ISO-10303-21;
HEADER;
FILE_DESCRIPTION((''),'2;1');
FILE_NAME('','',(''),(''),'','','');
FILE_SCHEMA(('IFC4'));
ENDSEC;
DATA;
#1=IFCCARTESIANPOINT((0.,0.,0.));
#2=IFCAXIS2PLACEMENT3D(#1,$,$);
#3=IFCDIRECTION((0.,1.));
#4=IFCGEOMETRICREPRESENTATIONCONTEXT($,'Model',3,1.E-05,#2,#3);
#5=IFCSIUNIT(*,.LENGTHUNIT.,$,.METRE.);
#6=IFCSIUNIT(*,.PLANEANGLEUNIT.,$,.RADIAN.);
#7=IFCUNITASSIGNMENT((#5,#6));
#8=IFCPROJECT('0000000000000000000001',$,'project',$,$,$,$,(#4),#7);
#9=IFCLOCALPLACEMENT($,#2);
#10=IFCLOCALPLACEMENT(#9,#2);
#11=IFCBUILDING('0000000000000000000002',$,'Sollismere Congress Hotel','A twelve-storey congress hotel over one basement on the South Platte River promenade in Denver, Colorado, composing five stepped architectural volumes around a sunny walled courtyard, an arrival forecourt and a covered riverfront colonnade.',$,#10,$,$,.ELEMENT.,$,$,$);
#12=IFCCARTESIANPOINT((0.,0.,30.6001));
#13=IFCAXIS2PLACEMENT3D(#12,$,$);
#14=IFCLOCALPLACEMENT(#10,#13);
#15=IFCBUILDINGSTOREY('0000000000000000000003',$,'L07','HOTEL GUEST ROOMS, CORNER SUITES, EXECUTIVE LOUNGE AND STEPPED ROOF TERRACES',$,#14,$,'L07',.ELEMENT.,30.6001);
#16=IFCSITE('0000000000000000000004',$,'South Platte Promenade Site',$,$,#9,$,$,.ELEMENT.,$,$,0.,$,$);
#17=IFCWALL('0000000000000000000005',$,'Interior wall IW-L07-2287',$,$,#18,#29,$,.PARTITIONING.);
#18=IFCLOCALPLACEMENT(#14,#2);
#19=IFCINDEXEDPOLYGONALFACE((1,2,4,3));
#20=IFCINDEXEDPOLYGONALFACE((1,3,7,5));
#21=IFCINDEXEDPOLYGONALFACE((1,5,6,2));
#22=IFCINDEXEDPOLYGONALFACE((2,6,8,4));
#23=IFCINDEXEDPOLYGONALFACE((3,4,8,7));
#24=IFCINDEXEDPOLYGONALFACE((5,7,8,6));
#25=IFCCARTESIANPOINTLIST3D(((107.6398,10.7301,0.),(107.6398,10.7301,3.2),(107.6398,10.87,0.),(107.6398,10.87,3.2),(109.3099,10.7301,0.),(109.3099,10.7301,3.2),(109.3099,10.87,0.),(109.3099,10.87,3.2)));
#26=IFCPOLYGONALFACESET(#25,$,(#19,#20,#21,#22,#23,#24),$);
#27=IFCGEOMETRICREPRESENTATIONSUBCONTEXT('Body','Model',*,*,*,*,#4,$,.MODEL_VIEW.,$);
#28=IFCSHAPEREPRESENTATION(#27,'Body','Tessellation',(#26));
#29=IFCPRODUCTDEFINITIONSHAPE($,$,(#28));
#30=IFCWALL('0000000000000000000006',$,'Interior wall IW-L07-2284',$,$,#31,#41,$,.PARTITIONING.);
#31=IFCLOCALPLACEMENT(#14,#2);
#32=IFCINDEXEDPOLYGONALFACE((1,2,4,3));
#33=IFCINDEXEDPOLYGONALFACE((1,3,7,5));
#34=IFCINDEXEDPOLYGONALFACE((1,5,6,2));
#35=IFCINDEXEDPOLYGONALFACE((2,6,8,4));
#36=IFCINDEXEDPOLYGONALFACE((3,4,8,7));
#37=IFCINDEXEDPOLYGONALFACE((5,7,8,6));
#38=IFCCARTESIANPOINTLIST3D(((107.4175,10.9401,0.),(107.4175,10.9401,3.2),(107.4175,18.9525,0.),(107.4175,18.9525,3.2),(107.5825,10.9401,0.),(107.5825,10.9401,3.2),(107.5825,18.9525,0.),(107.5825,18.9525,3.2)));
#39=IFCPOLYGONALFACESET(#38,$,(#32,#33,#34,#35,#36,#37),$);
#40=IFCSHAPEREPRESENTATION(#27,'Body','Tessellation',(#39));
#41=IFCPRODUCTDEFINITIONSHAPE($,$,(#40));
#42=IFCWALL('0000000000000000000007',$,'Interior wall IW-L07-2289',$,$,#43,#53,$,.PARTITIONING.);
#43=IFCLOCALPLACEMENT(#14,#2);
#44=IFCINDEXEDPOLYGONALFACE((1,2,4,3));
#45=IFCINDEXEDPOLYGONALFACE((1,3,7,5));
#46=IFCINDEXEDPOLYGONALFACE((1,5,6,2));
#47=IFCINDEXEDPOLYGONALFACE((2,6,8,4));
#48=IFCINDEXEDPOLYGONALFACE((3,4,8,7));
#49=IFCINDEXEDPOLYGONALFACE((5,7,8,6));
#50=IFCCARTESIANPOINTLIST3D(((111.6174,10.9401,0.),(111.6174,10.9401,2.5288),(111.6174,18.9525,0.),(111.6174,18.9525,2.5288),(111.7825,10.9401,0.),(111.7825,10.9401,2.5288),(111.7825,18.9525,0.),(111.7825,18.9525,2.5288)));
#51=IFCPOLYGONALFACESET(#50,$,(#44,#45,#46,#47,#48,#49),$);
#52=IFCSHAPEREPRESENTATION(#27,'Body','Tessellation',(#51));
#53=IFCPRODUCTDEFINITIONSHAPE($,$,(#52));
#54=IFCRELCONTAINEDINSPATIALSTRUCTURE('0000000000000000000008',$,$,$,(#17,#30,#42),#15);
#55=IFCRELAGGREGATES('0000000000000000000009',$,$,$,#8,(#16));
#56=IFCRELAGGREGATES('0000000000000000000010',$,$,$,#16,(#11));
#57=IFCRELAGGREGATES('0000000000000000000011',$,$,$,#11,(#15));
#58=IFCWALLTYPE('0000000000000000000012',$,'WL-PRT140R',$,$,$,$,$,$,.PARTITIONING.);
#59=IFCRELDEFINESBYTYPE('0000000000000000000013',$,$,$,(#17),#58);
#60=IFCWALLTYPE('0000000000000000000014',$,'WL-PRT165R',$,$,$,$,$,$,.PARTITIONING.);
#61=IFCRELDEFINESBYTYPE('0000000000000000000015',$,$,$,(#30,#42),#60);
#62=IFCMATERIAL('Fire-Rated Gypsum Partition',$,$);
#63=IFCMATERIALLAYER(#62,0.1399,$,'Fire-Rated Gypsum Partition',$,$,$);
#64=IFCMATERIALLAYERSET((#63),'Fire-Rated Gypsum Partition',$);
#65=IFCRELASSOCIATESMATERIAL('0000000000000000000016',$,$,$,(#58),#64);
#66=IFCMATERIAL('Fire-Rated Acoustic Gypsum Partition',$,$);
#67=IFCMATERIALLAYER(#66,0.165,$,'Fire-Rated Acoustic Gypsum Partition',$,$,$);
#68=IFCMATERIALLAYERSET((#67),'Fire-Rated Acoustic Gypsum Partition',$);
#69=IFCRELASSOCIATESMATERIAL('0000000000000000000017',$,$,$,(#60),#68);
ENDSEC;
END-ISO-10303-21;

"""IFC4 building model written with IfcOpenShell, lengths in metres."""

from ifc_helpers import new_model, si_unit, direction, frame, frame_2d, origin, place, context, subcontext, project, spatial, rectangle, extrude, material, layer, layer_set, type_object, element, save


model = new_model("IFC4")

# Units and contexts
model_context = context("Model", 3, precision=1e-05, world=origin(), true_north=direction((0.0, 1.0)))
body_context = subcontext(model_context, "Body", "Model", "MODEL_VIEW")
ifc_project = project(units=[si_unit("LENGTHUNIT", "METRE"), si_unit("PLANEANGLEUNIT", "RADIAN")], contexts=[model_context])

# Site, building, storey
site_placement = place(None, origin())
site = spatial("IfcSite", under=ifc_project, at=site_placement, Name="South Platte Promenade Site", CompositionType="ELEMENT", RefElevation=0.0)
building_placement = place(site_placement, origin())
building = spatial("IfcBuilding", under=site, at=building_placement, Name="Sollismere Congress Hotel", Description="A twelve-storey congress hotel over one basement on the South Platte River promenade in Denver, Colorado, composing five stepped architectural volumes around a sunny walled courtyard, an arrival forecourt and a covered riverfront colonnade.", CompositionType="ELEMENT")
storey_placement = place(building_placement, frame((0.0, 0.0, 30.6001)))
storey = spatial("IfcBuildingStorey", under=building, at=storey_placement, Name="L07", Description="HOTEL GUEST ROOMS, CORNER SUITES, EXECUTIVE LOUNGE AND STEPPED ROOF TERRACES", LongName="L07", CompositionType="ELEMENT", Elevation=30.6001)

# Shared definitions
ifc_material_1 = material(Name="Fire-Rated Gypsum Partition")
ifc_layer_1 = layer(ifc_material_1, 0.1399, Name="Fire-Rated Gypsum Partition")
ifc_layer_set_1 = layer_set([ifc_layer_1], Name="Fire-Rated Gypsum Partition")
wall_type_1 = type_object("IfcWallType", Name="WL-PRT140R", PredefinedType="PARTITIONING", material=ifc_layer_set_1)

# Wall
wall_1_placement = place(storey_placement, frame((107.6399, 10.8, 0.0), z_axis=(0.0, 0.0, 1.0), x_axis=(1.0, 0.0, 0.0)))
element("IfcWall", 1, at=wall_1_placement, inside=storey, type_object=wall_type_1, Name="Interior wall IW-L07-2287", PredefinedType="PARTITIONING", context=body_context, shape_type="SweptSolid", body=[
    extrude(rectangle(XDim=1.6702, YDim=0.1399, at=frame_2d((0.835, 0.0))), origin(), (0.0, 0.0, 1.0), 3.2),
])

# Walls
ifc_material_2 = material(Name="Fire-Rated Acoustic Gypsum Partition")
ifc_layer_2 = layer(ifc_material_2, 0.165, Name="Fire-Rated Acoustic Gypsum Partition")
ifc_layer_set_2 = layer_set([ifc_layer_2], Name="Fire-Rated Acoustic Gypsum Partition")
wall_type_2 = type_object("IfcWallType", Name="WL-PRT165R", PredefinedType="PARTITIONING", material=ifc_layer_set_2)
wall_2_placement = place(storey_placement, frame((107.5, 10.9399, 0.0), z_axis=(0.0, 0.0, 1.0), x_axis=(0.0, 1.0, 0.0)))
element("IfcWall", 2, at=wall_2_placement, inside=storey, type_object=wall_type_2, Name="Interior wall IW-L07-2284", PredefinedType="PARTITIONING", context=body_context, shape_type="SweptSolid", body=[
    extrude(rectangle(XDim=8.0125, YDim=0.165, at=frame_2d((4.0063, 0.0))), origin(), (0.0, 0.0, 1.0), 3.2),
])
wall_3_placement = place(storey_placement, frame((111.7, 10.9399, 0.0), z_axis=(0.0, 0.0, 1.0), x_axis=(0.0, 1.0, 0.0)))
element("IfcWall", 3, at=wall_3_placement, inside=storey, type_object=wall_type_2, Name="Interior wall IW-L07-2289", PredefinedType="PARTITIONING", context=body_context, shape_type="SweptSolid", body=[
    extrude(rectangle(XDim=8.0125, YDim=0.165, at=frame_2d((4.0063, 0.0))), origin(), (0.0, 0.0, 1.0), 2.5288),
])

save(model, "model.ifc")
